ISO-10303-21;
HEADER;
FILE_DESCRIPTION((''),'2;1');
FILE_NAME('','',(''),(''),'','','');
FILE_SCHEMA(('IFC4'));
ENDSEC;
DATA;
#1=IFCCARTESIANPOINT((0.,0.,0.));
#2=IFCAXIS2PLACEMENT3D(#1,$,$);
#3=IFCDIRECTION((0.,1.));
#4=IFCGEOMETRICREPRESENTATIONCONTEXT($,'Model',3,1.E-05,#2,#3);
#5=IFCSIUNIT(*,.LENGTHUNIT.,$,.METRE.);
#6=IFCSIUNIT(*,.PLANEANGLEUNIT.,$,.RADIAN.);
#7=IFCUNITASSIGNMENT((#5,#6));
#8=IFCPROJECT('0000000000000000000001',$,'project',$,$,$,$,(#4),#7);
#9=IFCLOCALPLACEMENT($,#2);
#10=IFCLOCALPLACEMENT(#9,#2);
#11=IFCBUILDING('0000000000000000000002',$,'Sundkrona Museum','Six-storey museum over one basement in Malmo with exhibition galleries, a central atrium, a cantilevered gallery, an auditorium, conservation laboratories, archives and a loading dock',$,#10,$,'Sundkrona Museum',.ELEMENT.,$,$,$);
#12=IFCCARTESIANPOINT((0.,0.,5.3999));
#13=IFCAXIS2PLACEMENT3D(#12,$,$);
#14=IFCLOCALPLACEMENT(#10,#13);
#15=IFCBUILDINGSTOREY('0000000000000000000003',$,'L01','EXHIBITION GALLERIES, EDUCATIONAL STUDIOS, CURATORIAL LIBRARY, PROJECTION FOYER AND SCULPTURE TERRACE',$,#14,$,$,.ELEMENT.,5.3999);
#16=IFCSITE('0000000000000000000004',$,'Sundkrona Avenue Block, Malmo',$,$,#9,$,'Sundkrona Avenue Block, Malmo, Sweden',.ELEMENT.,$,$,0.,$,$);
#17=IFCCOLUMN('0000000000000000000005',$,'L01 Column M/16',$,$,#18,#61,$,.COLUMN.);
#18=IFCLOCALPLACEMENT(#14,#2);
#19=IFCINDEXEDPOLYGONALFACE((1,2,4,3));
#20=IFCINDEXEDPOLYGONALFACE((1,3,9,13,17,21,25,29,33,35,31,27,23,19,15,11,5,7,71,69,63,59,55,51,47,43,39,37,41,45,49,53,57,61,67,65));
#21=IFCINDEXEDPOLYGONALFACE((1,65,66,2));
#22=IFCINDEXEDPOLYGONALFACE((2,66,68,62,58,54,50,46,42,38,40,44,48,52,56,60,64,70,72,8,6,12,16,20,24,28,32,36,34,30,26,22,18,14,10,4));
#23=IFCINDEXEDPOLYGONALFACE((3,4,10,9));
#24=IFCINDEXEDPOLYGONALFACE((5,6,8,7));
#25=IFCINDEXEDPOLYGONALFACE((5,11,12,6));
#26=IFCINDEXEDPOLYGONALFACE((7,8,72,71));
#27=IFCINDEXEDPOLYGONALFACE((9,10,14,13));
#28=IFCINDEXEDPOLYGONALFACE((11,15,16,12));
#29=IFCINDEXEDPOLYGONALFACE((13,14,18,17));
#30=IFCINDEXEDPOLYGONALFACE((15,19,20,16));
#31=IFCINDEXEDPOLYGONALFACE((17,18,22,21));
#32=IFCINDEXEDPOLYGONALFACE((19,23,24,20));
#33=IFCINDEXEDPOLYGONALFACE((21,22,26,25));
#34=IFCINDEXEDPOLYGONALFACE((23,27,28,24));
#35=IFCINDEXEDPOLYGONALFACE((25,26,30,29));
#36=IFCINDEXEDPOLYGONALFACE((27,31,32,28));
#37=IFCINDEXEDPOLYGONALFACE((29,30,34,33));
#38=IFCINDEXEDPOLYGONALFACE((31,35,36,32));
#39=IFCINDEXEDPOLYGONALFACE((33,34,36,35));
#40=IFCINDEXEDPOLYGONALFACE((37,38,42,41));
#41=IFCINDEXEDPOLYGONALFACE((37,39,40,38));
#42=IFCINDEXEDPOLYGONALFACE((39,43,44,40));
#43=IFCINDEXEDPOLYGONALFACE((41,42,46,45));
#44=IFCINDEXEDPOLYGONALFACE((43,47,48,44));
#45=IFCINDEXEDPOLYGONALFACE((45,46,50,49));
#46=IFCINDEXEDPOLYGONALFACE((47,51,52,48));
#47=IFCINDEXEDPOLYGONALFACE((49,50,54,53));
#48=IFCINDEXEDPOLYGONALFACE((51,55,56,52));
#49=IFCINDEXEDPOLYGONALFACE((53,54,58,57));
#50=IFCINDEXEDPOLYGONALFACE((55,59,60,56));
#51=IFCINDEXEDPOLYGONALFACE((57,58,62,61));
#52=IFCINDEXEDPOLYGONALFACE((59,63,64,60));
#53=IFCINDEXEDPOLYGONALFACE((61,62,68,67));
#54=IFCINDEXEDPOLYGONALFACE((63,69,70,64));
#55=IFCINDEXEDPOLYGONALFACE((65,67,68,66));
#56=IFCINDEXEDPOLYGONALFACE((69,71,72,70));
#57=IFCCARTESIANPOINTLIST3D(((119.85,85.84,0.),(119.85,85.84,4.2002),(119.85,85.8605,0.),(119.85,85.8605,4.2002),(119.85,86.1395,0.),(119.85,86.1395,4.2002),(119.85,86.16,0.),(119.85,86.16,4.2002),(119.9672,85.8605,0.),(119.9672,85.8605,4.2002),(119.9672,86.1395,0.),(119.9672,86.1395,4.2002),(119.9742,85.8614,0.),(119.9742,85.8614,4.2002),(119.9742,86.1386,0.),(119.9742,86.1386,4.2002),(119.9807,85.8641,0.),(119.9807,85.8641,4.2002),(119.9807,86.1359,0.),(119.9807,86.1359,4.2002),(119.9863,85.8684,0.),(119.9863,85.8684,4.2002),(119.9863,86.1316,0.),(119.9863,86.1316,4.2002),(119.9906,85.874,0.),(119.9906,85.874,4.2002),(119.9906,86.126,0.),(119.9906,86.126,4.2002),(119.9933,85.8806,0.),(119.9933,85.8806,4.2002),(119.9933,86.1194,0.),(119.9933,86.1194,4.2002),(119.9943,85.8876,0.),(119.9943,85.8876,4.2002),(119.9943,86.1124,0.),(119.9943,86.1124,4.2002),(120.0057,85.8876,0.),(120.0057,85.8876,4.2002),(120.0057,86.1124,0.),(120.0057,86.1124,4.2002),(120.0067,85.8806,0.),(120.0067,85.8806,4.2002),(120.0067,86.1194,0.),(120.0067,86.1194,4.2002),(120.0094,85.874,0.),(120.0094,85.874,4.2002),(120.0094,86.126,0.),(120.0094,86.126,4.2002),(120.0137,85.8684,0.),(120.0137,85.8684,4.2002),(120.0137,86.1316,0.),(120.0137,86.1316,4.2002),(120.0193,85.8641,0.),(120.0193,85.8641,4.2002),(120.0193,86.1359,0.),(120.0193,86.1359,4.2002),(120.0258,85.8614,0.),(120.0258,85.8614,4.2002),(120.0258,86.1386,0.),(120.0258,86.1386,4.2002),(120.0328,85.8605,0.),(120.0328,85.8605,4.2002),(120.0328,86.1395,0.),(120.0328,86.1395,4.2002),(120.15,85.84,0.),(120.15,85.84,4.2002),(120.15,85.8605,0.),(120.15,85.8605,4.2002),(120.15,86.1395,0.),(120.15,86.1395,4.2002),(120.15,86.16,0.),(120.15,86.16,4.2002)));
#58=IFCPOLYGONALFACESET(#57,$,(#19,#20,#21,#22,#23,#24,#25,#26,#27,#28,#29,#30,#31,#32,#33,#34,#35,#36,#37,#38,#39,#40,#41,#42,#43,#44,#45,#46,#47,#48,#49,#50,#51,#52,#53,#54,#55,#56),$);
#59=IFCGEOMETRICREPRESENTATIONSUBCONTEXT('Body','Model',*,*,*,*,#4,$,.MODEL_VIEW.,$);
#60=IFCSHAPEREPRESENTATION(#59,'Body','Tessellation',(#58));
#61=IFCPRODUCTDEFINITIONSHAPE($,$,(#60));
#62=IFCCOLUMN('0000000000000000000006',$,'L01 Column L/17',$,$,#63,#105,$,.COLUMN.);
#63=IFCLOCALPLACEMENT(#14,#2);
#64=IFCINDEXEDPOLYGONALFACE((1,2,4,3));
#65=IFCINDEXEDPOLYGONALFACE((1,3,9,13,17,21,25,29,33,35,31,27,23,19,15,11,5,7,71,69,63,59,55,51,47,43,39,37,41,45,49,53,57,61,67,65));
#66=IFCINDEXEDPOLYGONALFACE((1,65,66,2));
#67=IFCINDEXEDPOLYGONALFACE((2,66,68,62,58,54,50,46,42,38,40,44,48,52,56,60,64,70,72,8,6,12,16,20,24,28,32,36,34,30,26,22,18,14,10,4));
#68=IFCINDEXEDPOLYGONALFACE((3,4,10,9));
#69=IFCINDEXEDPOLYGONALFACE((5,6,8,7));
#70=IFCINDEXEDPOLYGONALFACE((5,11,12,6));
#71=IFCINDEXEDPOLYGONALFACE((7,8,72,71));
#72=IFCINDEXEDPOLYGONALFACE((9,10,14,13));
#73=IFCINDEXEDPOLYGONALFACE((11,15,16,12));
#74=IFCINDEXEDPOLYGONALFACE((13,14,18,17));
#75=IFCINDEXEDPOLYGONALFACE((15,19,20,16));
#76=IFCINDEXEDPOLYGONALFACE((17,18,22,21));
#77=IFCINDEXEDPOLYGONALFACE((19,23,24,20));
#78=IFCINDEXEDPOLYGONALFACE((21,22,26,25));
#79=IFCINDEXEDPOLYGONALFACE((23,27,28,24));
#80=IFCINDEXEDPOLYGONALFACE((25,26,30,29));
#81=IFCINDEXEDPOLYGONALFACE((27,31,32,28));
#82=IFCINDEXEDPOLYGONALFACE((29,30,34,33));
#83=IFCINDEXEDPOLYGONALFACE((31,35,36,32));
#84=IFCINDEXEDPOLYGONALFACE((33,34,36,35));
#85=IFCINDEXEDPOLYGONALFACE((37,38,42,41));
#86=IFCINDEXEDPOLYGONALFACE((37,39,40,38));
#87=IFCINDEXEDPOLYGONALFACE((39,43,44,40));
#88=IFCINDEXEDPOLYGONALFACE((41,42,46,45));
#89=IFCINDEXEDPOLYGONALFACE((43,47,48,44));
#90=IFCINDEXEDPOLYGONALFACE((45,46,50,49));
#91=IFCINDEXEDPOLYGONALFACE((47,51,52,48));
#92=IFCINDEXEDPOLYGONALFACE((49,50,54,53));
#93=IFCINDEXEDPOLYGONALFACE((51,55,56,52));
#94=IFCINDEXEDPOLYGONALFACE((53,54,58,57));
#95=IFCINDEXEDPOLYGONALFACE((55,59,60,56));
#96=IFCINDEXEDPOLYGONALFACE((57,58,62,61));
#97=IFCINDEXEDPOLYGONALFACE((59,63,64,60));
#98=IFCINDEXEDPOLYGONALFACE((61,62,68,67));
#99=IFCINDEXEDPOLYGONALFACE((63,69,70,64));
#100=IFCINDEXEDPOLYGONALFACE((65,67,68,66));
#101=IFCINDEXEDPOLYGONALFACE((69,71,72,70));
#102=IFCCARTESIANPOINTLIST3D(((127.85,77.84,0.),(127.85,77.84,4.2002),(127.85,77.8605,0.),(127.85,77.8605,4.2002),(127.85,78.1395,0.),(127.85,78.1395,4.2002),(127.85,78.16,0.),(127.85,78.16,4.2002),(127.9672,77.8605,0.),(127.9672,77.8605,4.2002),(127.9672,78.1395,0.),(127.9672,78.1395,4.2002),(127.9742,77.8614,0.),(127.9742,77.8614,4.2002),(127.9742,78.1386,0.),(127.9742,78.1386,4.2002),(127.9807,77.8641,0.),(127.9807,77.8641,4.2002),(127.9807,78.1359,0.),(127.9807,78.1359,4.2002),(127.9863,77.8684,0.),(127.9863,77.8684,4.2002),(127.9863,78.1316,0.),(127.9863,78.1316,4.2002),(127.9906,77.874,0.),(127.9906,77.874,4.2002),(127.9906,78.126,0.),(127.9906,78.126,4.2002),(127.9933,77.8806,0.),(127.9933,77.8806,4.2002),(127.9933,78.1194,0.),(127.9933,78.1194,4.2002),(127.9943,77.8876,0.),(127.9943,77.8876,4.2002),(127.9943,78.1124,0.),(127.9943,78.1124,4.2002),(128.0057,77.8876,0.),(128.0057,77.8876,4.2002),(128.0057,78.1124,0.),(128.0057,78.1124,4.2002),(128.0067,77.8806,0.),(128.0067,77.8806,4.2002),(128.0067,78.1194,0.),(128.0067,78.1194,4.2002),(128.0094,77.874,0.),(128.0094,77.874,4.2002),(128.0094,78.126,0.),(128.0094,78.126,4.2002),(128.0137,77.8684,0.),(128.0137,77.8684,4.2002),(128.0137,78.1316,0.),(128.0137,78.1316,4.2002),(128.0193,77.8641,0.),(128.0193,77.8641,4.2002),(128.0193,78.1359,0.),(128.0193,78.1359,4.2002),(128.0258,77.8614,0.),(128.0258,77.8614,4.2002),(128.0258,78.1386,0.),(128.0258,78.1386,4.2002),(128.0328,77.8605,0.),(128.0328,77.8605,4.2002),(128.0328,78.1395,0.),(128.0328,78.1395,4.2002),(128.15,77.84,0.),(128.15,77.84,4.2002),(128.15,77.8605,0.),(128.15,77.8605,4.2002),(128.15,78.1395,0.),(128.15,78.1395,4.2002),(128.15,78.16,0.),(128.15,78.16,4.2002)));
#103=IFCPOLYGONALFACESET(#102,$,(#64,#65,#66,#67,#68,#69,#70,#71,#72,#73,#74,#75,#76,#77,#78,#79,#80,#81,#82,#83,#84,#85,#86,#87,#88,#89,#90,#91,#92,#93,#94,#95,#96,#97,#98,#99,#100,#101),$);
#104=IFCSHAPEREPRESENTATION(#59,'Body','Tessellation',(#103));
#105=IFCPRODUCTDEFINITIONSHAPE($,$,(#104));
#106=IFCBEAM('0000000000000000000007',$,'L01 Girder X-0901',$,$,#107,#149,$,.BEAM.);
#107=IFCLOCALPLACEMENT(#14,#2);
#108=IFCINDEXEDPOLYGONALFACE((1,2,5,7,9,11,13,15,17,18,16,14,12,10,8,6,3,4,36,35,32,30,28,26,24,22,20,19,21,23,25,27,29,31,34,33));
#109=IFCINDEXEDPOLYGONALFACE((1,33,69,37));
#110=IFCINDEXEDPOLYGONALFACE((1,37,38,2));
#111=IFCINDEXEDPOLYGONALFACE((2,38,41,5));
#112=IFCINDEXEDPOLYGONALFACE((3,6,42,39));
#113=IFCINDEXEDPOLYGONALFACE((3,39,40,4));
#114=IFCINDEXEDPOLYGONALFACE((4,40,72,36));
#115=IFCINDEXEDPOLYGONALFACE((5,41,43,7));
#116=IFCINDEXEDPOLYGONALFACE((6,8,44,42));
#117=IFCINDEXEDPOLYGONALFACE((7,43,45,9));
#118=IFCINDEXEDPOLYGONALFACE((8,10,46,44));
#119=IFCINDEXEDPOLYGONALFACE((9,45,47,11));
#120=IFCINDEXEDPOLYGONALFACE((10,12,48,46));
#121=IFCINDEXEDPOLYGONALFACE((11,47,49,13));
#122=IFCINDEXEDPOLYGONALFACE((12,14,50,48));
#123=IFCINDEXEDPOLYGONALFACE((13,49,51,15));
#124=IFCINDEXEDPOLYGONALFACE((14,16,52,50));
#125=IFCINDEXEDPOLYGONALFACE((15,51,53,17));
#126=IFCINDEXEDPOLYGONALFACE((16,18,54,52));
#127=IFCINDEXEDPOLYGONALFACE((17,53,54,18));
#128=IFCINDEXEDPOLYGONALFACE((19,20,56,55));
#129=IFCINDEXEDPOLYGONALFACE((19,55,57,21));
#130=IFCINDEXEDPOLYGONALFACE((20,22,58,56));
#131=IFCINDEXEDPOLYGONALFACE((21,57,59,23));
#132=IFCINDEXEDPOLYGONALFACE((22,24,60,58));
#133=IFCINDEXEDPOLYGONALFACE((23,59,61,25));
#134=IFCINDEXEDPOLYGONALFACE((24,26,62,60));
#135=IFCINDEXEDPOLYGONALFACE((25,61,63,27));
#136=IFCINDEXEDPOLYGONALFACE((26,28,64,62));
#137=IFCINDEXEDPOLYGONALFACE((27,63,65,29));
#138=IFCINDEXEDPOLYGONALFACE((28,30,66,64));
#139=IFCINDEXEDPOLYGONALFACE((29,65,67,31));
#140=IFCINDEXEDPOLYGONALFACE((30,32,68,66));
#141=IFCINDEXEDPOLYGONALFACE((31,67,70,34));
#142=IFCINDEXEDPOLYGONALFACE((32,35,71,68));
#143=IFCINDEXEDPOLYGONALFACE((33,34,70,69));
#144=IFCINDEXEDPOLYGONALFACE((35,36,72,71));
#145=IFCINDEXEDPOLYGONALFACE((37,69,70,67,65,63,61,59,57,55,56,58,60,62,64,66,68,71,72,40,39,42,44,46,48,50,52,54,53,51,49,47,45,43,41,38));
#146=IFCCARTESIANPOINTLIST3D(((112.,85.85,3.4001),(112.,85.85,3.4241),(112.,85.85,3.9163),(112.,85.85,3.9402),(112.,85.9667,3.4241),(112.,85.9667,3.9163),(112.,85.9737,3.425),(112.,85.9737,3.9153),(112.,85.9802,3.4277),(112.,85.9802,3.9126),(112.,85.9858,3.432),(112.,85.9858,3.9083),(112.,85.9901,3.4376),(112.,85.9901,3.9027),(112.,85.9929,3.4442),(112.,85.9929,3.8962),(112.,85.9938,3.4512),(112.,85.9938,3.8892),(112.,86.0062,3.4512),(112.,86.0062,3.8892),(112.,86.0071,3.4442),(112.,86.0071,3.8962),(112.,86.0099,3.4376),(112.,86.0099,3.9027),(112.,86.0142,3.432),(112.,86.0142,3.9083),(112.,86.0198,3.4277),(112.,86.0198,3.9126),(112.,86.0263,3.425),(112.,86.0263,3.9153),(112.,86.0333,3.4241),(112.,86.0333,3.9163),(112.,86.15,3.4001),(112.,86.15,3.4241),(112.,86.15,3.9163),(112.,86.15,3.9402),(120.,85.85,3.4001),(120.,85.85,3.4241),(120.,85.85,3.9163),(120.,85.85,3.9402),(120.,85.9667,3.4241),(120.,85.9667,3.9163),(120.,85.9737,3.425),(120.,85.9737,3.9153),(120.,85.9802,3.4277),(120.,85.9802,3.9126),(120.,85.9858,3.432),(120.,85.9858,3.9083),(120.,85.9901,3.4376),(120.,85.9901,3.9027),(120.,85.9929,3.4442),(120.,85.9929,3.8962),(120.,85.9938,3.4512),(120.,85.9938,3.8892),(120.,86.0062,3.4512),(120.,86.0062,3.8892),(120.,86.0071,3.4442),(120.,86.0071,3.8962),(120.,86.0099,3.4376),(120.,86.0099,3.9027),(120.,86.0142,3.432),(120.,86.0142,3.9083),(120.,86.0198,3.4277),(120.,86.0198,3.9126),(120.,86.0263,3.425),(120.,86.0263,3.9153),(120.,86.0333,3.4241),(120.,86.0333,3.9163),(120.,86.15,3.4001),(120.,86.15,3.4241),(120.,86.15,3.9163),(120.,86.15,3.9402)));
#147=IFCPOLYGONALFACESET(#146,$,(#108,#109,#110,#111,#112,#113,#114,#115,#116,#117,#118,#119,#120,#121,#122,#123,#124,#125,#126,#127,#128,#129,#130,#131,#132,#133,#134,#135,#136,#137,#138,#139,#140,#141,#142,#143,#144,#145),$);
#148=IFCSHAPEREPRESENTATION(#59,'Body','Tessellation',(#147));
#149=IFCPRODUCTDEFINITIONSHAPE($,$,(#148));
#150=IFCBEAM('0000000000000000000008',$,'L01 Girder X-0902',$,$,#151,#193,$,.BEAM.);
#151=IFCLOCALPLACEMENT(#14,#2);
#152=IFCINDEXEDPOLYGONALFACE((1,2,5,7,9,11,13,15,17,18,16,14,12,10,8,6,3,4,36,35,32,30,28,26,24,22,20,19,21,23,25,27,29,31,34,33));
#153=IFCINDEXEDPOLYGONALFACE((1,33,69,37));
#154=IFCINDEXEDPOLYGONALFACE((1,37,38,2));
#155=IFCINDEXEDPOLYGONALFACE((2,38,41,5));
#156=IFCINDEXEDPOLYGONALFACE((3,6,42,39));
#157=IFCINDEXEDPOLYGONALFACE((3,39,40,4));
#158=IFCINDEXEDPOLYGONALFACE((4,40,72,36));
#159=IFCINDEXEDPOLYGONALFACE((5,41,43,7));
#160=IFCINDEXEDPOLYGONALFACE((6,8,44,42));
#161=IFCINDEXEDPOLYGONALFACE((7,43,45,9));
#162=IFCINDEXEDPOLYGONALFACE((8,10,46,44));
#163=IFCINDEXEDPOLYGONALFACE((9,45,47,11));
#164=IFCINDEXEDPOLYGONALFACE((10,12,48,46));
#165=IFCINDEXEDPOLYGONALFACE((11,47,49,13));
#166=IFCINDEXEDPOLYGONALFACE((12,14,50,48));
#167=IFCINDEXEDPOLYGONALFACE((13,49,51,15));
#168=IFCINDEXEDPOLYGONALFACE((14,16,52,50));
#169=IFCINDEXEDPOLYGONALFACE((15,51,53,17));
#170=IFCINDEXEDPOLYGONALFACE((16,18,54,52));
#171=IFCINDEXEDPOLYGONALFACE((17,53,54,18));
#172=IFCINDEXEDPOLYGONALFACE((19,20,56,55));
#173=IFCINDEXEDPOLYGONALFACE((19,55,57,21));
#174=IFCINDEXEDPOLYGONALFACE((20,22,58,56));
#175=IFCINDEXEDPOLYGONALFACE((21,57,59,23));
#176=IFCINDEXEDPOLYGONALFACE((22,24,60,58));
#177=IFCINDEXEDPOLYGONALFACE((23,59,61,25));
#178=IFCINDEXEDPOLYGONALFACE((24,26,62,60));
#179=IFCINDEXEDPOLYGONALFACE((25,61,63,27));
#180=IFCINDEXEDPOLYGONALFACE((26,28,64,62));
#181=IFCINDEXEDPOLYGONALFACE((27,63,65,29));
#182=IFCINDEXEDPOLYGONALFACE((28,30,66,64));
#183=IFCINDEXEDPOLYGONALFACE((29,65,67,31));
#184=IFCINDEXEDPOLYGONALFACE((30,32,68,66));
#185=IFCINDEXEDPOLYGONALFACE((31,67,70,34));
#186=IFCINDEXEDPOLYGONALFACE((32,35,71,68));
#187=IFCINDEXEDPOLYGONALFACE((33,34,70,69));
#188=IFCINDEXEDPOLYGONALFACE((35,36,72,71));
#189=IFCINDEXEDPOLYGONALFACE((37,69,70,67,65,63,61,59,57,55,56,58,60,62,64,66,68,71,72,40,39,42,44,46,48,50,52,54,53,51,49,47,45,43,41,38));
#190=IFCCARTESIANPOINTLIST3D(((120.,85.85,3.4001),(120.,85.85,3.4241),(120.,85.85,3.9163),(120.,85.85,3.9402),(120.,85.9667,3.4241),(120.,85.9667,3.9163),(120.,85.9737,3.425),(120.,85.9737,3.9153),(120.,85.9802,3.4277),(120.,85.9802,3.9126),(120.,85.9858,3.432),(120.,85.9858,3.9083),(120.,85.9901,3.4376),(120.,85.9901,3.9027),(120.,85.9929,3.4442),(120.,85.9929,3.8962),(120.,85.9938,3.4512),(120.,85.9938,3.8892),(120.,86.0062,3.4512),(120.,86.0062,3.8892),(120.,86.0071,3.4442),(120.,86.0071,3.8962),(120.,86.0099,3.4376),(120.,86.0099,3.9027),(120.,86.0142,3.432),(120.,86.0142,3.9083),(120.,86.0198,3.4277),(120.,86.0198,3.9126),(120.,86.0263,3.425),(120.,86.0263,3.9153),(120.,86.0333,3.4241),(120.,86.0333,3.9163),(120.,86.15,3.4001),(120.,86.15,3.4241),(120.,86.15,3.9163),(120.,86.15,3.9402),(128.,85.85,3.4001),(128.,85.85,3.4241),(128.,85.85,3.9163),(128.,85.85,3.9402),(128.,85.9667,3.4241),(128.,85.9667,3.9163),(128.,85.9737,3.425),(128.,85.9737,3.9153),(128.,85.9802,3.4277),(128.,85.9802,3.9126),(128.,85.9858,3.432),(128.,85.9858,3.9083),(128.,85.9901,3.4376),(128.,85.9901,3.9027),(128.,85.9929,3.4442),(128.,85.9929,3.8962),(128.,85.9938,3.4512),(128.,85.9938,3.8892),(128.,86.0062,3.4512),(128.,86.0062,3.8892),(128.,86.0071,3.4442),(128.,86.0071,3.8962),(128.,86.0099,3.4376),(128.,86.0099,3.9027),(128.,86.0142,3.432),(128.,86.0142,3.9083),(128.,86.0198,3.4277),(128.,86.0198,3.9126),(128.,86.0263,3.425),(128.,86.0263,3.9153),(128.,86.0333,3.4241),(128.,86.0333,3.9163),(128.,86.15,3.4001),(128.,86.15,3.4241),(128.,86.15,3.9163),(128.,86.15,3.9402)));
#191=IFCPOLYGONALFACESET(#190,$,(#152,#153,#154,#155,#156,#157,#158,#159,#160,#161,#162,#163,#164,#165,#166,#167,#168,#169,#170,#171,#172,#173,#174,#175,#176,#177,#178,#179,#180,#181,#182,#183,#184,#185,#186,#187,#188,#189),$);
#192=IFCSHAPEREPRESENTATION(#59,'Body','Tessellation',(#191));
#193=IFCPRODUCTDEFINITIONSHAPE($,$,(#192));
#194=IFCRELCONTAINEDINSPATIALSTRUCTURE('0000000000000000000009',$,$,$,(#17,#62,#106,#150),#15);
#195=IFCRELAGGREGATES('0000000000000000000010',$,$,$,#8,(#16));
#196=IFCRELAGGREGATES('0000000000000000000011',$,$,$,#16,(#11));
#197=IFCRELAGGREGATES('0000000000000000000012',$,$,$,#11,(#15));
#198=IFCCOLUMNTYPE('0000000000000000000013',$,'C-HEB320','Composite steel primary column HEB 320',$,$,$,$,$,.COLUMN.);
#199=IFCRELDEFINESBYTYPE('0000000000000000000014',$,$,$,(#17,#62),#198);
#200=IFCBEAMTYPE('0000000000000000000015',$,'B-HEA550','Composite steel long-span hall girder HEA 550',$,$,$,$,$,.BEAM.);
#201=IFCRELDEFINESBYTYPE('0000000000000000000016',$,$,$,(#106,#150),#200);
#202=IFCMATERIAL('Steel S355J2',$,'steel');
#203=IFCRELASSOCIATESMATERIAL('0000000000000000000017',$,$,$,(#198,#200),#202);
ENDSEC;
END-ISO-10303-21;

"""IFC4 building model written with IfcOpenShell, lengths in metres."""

from ifc_helpers import new_model, si_unit, direction, frame, origin, origin_2d, place, context, subcontext, project, spatial, i_section, extrude, material, material_profile, profile_set, type_object, element, save


model = new_model("IFC4")

# Units and contexts
model_context = context("Model", 3, precision=1e-05, world=origin(), true_north=direction((0.0, 1.0)))
body_context = subcontext(model_context, "Body", "Model", "MODEL_VIEW")
ifc_project = project(units=[si_unit("LENGTHUNIT", "METRE"), si_unit("PLANEANGLEUNIT", "RADIAN")], contexts=[model_context])

# Site, building, storey
site_placement = place(None, origin())
site = spatial("IfcSite", under=ifc_project, at=site_placement, Name="Sundkrona Avenue Block, Malmo", LongName="Sundkrona Avenue Block, Malmo, Sweden", CompositionType="ELEMENT", RefElevation=0.0)
building_placement = place(site_placement, origin())
building = spatial("IfcBuilding", under=site, at=building_placement, Name="Sundkrona Museum", Description="Six-storey museum over one basement in Malmo with exhibition galleries, a central atrium, a cantilevered gallery, an auditorium, conservation laboratories, archives and a loading dock", LongName="Sundkrona Museum", CompositionType="ELEMENT")
storey_placement = place(building_placement, frame((0.0, 0.0, 5.3999)))
storey = spatial("IfcBuildingStorey", under=building, at=storey_placement, Name="L01", Description="EXHIBITION GALLERIES, EDUCATIONAL STUDIOS, CURATORIAL LIBRARY, PROJECTION FOYER AND SCULPTURE TERRACE", CompositionType="ELEMENT", Elevation=5.3999)

# Columns
ifc_material_1 = material(Name="Steel S355J2", Category="steel")
ifc_material_profile_1 = material_profile(ifc_material_1, i_section(OverallWidth=0.3, OverallDepth=0.3201, WebThickness=0.0115, FlangeThickness=0.0205, FilletRadius=0.0271, at=origin_2d()), Name="HEB 320")
ifc_profile_set_1 = profile_set([ifc_material_profile_1], Name="Steel S355J2")
column_type = type_object("IfcColumnType", Name="C-HEB320", Description="Composite steel primary column HEB 320", PredefinedType="COLUMN", material=ifc_profile_set_1)
for number, where, z_axis, x_axis, name in (
    (1, (120.0, 86.0, 0.0), (0.0, 0.0, 1.0), (1.0, 0.0, 0.0), "L01 Column M/16"),
    (2, (128.0, 78.0, 0.0), (0.0, 0.0, 1.0), (1.0, 0.0, 0.0), "L01 Column L/17"),
):
    element("IfcColumn", number, at=place(storey_placement, frame(where, z_axis=z_axis, x_axis=x_axis)), inside=storey, type_object=column_type, Name=name, PredefinedType="COLUMN", context=body_context, shape_type="SweptSolid", body=[
        extrude(i_section(OverallWidth=0.3, OverallDepth=0.3201, WebThickness=0.0115, FlangeThickness=0.0205, FilletRadius=0.0271, at=origin_2d()), origin(), (0.0, 0.0, 1.0), 4.2002),
    ])

# Beams
ifc_material_profile_2 = material_profile(ifc_material_1, i_section(OverallWidth=0.3, OverallDepth=0.54, WebThickness=0.0125, FlangeThickness=0.0239, FilletRadius=0.0271, at=origin_2d()), Name="HEA 550")
ifc_profile_set_2 = profile_set([ifc_material_profile_2], Name="Steel S355J2")
beam_type_1 = type_object("IfcBeamType", Name="B-HEA550", Description="Composite steel long-span hall girder HEA 550", PredefinedType="BEAM", material=ifc_profile_set_2)
for number, where, z_axis, x_axis, name in (
    (3, (112.0, 86.0, 3.6702), (1.0, 0.0, 0.0), (0.0, 1.0, 0.0), "L01 Girder X-0901"),
    (4, (120.0, 86.0, 3.6702), (1.0, 0.0, 0.0), (0.0, 1.0, 0.0), "L01 Girder X-0902"),
):
    element("IfcBeam", number, at=place(storey_placement, frame(where, z_axis=z_axis, x_axis=x_axis)), inside=storey, type_object=beam_type_1, Name=name, PredefinedType="BEAM", context=body_context, shape_type="SweptSolid", body=[
        extrude(i_section(OverallWidth=0.3, OverallDepth=0.54, WebThickness=0.0125, FlangeThickness=0.0239, FilletRadius=0.0271, at=origin_2d()), origin(), (0.0, 0.0, 1.0), 8.0),
    ])

save(model, "model.ifc")
